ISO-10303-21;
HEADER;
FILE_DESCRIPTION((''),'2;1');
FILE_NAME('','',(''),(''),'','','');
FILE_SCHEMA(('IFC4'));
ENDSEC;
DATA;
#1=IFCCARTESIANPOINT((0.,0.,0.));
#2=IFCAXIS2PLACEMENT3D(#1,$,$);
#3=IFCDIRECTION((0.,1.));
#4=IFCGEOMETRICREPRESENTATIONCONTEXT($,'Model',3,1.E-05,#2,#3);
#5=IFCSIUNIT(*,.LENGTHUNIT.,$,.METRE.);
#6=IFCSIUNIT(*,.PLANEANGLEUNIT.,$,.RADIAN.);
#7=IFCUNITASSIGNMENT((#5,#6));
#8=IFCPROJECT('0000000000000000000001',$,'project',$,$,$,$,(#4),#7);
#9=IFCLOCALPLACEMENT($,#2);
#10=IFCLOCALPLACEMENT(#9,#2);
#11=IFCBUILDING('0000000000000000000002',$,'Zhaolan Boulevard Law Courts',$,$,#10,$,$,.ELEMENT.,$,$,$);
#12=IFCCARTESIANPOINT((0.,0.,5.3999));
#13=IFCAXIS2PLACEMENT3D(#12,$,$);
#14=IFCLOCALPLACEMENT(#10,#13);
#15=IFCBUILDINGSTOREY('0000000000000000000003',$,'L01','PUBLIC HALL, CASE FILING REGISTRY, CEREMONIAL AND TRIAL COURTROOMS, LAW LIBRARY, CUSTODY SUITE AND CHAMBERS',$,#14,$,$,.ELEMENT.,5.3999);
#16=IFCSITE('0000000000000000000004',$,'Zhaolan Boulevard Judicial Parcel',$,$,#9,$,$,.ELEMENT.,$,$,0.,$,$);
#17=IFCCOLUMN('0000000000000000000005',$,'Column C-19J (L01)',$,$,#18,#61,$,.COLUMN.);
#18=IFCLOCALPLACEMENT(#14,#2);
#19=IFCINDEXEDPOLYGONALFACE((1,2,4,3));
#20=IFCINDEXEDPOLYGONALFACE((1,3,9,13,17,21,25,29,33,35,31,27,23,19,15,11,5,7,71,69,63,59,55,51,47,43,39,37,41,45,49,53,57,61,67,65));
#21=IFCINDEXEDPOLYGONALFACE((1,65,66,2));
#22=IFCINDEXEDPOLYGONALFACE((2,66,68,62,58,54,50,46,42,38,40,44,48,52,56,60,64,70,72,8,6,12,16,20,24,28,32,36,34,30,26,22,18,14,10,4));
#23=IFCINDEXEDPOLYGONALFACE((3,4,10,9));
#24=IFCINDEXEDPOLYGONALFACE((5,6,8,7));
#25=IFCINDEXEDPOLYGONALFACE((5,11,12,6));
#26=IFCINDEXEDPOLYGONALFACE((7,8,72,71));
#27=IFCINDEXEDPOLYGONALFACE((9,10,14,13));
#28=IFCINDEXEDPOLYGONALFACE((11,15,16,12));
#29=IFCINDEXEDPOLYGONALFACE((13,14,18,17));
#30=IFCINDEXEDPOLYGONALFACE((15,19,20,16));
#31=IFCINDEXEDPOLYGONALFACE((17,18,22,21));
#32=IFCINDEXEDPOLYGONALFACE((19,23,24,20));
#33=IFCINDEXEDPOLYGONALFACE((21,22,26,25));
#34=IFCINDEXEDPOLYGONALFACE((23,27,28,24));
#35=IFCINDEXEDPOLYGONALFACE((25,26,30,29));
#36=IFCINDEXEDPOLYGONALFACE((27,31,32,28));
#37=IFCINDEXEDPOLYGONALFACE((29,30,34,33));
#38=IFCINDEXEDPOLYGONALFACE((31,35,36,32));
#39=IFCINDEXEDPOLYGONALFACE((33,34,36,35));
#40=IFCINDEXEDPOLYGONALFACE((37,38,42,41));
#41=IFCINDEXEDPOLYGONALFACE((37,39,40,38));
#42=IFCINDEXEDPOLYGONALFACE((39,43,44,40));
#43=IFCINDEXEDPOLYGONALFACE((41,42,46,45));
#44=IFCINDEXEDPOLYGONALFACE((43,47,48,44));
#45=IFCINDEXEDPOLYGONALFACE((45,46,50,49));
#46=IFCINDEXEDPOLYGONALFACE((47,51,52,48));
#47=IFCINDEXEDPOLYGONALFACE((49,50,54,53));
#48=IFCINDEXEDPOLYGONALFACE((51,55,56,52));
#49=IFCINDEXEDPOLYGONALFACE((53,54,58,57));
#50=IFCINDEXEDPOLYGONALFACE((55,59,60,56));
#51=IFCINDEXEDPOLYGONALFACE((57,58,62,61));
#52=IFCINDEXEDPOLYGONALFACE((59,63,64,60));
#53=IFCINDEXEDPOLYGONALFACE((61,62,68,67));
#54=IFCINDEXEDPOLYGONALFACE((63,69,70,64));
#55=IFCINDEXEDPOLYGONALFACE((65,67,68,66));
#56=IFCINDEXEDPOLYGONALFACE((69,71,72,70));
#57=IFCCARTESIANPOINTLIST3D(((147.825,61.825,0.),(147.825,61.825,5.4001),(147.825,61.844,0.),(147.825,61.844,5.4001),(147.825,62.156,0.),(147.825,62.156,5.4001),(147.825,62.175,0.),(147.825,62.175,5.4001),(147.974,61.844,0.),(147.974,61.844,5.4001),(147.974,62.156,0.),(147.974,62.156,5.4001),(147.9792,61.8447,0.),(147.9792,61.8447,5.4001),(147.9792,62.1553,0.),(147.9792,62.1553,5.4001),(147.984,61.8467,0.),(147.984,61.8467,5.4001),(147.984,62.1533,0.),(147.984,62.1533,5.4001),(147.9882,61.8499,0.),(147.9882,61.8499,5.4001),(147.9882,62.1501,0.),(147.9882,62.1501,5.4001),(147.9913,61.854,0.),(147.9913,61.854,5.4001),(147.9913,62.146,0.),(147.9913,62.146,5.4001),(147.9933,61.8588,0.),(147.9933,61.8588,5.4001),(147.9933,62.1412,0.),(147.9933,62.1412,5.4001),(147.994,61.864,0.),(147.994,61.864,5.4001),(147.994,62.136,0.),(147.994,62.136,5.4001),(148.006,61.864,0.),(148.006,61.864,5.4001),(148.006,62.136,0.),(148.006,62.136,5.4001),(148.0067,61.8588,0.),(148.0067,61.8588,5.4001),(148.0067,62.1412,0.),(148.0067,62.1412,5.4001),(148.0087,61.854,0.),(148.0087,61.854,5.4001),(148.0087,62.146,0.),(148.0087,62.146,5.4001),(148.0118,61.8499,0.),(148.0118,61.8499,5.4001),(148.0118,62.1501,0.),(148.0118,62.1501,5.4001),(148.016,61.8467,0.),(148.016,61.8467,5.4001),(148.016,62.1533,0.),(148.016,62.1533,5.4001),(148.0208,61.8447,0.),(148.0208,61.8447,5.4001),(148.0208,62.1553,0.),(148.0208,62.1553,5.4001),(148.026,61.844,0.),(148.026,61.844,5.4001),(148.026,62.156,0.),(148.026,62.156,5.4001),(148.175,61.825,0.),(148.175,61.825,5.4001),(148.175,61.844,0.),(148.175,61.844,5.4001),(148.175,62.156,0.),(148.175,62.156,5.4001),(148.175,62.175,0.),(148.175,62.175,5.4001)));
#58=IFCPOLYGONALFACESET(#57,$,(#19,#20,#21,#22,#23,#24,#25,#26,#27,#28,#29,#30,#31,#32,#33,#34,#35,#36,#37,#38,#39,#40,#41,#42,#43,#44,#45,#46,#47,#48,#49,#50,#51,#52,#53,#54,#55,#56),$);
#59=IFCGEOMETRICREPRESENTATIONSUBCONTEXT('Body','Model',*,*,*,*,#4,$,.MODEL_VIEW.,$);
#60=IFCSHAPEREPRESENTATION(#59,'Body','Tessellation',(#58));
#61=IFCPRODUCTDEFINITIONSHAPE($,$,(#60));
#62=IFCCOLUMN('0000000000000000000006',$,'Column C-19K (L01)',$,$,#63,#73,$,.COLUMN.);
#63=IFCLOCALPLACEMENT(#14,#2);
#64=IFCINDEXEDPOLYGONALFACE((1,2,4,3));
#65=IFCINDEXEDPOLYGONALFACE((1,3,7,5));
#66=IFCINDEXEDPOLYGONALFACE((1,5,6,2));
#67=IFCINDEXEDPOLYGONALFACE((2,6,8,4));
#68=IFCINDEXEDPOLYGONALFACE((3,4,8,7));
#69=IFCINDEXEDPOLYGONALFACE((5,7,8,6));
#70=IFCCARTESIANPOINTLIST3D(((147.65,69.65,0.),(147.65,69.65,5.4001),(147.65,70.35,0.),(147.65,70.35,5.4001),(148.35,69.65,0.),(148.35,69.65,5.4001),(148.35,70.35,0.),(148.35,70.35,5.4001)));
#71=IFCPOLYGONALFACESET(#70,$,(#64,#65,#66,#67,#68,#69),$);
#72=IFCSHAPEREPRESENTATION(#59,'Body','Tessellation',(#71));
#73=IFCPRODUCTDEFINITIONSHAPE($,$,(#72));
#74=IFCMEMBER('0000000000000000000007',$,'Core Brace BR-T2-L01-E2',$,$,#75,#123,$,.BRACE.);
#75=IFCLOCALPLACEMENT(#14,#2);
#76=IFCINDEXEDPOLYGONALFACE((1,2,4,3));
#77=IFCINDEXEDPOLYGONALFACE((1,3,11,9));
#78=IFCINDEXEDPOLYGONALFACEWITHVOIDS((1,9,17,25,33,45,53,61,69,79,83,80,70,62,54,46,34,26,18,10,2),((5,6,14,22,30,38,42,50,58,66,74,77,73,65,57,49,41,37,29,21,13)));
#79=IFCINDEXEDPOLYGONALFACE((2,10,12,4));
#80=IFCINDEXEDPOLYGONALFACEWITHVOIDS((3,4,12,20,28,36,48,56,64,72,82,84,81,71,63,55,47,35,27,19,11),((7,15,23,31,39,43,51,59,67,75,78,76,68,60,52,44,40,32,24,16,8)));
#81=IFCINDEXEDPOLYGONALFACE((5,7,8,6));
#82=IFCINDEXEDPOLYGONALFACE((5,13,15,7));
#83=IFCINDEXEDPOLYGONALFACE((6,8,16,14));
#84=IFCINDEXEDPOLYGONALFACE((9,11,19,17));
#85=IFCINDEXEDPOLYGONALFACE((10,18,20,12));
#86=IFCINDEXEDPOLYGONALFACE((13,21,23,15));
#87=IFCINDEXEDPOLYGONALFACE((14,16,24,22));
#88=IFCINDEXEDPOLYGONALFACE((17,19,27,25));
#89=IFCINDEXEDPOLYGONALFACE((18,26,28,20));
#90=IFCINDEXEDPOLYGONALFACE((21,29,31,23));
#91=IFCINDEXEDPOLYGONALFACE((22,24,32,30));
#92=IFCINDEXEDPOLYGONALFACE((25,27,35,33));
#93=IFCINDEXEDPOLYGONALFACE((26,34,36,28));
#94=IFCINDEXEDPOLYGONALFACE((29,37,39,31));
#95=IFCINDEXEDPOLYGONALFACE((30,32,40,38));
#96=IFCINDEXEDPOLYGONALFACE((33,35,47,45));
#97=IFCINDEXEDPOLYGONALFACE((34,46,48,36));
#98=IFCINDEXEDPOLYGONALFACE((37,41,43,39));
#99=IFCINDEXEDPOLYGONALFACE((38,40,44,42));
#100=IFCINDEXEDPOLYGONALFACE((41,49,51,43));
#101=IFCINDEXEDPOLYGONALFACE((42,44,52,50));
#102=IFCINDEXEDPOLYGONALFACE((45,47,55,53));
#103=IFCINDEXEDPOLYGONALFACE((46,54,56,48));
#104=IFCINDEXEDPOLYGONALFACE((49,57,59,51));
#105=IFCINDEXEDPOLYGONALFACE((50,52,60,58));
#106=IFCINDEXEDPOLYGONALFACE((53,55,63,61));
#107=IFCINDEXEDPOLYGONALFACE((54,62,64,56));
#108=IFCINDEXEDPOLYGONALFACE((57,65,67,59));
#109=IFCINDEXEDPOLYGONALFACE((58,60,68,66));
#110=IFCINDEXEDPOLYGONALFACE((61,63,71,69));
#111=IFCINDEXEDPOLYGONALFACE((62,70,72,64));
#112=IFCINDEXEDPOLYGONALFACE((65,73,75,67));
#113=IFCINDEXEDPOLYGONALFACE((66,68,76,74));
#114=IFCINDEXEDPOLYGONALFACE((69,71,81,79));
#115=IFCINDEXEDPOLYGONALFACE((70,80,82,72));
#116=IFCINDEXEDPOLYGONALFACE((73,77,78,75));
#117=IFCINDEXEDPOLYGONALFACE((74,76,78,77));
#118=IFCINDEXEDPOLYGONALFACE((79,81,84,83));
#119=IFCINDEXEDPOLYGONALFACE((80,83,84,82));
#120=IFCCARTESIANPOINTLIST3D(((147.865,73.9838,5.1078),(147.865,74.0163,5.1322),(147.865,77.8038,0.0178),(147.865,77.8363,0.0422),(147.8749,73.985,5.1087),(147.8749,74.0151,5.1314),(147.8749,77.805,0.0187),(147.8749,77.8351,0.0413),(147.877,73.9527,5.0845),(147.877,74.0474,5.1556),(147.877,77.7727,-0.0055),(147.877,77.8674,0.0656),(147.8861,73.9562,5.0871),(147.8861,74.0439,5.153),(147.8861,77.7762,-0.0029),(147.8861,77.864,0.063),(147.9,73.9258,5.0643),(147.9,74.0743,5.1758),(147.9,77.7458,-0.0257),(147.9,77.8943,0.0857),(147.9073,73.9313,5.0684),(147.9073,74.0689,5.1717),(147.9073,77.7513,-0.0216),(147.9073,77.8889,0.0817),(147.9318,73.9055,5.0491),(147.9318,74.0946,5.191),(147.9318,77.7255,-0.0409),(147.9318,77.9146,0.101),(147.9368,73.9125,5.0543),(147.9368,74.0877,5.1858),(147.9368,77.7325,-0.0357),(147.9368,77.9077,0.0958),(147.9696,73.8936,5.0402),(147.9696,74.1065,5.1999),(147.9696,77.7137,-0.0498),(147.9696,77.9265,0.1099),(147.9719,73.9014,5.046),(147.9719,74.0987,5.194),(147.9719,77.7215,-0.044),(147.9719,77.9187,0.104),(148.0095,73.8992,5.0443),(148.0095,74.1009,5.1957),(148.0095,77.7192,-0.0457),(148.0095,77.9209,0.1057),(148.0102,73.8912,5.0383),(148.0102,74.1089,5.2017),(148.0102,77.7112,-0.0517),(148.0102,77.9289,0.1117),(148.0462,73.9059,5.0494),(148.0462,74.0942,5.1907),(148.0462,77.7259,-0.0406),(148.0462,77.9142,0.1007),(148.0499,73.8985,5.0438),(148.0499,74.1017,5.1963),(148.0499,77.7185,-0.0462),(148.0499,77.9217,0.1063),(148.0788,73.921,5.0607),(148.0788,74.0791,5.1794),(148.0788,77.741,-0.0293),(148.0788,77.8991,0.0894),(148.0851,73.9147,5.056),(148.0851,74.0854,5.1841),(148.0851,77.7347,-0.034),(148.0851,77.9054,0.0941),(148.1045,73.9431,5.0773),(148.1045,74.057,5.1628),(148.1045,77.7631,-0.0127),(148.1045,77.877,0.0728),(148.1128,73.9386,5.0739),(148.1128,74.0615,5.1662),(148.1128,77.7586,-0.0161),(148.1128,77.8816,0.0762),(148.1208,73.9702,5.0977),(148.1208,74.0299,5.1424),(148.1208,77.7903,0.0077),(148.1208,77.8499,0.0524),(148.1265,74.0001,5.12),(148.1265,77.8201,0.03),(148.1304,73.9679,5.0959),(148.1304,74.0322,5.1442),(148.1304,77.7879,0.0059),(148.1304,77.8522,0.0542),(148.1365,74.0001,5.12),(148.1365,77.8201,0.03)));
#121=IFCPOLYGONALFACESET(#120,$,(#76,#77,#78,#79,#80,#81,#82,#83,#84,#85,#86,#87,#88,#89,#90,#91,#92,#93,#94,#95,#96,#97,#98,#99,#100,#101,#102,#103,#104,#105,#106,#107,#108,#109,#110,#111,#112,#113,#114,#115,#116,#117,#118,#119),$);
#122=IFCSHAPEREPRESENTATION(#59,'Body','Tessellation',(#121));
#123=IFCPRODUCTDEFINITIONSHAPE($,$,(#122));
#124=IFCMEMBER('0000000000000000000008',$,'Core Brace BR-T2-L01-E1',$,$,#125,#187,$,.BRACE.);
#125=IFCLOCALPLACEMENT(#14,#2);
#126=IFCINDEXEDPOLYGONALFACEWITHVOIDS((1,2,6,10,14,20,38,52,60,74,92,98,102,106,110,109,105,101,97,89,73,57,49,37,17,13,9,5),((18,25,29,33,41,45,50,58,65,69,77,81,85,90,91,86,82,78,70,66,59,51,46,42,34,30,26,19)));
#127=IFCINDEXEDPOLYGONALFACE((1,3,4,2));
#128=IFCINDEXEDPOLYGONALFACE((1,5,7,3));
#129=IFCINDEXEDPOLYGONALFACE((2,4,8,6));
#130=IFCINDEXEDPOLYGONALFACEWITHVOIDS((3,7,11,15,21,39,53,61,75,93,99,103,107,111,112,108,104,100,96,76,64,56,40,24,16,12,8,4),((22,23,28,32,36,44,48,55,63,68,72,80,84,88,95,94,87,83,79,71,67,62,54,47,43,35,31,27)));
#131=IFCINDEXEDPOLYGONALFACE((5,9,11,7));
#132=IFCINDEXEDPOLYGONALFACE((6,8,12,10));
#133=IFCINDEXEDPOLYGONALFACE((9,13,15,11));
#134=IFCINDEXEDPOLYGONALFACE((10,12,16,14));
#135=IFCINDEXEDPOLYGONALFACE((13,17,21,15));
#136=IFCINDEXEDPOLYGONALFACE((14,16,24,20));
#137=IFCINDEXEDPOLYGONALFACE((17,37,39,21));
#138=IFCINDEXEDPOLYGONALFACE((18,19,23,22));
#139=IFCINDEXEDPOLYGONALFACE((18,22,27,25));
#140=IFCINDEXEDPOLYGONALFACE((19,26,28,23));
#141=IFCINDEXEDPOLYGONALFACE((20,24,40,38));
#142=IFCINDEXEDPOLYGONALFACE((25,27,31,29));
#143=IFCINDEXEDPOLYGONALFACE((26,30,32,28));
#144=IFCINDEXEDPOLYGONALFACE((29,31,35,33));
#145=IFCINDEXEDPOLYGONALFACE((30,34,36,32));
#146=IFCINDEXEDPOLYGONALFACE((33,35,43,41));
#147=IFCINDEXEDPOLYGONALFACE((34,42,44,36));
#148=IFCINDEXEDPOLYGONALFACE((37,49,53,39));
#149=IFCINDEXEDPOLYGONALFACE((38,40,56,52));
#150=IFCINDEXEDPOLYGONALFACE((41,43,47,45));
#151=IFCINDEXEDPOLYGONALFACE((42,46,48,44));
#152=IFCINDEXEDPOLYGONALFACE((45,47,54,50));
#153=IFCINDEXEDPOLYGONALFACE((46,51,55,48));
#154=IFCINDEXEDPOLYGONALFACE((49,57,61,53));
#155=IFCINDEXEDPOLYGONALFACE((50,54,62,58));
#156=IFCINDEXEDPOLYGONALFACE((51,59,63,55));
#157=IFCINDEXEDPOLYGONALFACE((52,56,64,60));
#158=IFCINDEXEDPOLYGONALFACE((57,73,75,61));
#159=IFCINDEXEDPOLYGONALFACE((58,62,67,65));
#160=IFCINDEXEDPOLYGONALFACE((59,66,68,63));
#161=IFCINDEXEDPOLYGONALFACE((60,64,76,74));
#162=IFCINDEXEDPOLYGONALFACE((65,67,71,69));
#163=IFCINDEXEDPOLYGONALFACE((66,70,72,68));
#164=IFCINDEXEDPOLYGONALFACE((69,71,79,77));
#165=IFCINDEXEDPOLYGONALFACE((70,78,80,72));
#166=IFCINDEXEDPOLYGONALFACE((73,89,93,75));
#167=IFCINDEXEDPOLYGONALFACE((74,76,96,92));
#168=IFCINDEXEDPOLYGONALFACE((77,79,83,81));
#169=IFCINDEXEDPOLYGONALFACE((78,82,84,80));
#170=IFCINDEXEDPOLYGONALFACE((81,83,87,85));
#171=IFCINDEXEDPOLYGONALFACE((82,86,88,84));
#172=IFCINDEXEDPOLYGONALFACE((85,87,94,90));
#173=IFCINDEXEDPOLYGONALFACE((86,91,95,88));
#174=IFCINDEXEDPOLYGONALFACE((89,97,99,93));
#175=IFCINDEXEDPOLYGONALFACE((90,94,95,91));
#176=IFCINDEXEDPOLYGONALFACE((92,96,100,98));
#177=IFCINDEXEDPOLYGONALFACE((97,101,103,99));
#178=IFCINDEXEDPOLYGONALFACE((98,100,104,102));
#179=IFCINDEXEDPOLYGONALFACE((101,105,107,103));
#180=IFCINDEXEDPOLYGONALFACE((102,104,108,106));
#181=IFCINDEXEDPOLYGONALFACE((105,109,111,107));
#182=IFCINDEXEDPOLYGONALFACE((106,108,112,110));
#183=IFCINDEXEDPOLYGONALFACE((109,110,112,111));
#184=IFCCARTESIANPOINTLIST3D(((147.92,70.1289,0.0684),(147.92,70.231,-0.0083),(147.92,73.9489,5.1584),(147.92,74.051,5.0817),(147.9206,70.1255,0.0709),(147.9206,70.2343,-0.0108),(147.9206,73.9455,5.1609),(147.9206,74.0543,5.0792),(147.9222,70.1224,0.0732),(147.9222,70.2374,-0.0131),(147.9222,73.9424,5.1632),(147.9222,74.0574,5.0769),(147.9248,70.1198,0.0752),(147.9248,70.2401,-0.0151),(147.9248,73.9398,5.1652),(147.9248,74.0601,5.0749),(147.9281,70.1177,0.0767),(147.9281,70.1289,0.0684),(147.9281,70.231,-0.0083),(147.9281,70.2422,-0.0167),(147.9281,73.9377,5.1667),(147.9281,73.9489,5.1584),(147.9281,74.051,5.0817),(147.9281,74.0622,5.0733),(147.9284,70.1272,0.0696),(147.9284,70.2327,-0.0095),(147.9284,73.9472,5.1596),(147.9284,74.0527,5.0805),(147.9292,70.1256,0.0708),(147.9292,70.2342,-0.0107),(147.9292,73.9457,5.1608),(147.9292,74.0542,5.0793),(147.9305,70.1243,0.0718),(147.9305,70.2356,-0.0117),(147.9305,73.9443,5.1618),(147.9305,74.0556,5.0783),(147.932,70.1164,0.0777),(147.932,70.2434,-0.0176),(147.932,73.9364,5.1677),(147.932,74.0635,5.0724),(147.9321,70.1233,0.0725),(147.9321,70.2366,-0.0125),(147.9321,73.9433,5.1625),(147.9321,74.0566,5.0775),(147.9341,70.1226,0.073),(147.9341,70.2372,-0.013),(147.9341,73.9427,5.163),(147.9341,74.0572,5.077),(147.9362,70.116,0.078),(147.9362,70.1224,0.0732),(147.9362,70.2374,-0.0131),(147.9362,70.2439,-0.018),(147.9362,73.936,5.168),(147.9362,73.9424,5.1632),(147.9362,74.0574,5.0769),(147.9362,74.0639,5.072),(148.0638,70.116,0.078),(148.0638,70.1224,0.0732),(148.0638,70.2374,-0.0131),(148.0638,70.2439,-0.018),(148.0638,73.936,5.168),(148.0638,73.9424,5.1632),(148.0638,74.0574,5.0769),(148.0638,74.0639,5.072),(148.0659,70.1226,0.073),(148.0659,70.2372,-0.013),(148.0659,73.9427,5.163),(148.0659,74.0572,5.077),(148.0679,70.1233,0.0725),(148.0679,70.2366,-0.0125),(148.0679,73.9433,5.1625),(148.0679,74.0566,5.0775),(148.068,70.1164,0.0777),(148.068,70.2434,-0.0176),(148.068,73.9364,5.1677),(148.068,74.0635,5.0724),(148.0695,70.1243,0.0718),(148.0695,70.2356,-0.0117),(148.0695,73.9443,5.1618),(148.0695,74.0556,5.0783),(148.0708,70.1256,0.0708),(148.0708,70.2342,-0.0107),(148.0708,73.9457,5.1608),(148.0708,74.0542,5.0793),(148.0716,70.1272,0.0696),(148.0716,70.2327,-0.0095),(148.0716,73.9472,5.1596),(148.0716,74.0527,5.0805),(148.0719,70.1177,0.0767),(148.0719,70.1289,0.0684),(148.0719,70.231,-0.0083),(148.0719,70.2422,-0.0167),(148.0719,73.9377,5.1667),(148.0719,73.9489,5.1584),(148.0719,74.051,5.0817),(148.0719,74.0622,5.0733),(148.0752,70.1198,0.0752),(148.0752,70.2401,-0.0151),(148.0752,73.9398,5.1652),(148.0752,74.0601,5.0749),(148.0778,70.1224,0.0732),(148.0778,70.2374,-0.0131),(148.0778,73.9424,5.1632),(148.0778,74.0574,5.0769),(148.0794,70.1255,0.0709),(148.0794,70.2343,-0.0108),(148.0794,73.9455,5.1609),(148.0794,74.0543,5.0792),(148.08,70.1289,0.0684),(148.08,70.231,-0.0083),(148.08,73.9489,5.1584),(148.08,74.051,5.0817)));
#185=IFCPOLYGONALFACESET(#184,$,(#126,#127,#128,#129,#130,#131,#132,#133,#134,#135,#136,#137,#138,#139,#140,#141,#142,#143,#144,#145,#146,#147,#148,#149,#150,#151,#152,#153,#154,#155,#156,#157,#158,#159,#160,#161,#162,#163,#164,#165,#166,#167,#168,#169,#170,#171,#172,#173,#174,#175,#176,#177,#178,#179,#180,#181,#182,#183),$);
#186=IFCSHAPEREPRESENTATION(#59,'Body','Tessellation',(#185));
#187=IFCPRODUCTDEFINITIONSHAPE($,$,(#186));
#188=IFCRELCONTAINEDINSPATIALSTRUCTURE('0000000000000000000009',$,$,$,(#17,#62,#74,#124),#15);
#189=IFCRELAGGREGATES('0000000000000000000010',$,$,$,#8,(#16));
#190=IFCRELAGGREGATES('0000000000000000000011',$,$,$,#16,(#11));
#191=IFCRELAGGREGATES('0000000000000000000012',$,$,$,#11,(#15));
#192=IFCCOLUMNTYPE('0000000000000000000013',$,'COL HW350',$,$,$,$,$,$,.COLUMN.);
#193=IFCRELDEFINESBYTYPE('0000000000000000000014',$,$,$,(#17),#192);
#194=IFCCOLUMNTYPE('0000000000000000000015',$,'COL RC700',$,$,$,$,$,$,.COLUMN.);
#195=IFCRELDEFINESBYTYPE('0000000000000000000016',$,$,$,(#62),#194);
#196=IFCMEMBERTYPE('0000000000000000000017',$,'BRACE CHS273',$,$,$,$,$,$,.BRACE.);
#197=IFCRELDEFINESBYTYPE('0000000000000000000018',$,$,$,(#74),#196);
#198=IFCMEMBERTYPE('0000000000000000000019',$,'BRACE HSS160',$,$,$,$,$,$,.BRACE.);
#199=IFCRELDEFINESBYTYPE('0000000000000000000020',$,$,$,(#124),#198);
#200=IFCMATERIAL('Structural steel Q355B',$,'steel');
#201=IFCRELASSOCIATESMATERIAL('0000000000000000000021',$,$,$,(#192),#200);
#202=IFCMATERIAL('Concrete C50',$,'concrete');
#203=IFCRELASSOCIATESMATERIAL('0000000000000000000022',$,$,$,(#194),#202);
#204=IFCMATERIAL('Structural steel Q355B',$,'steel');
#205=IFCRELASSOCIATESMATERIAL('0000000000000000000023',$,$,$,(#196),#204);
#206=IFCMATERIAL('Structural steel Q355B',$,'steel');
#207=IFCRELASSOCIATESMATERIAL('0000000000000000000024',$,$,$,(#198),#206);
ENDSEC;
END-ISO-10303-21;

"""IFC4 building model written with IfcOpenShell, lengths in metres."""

from ifc_helpers import new_model, si_unit, direction, frame, origin, origin_2d, place, context, subcontext, project, spatial, rectangle, hollow_rectangle, hollow_circle, i_section, extrude, material, material_profile, profile_set, type_object, element, save


model = new_model("IFC4")

# Units and contexts
model_context = context("Model", 3, precision=1e-05, world=origin(), true_north=direction((0.0, 1.0)))
body_context = subcontext(model_context, "Body", "Model", "MODEL_VIEW")
ifc_project = project(units=[si_unit("LENGTHUNIT", "METRE"), si_unit("PLANEANGLEUNIT", "RADIAN")], contexts=[model_context])

# Site, building, storey
site_placement = place(None, origin())
site = spatial("IfcSite", under=ifc_project, at=site_placement, Name="Zhaolan Boulevard Judicial Parcel", CompositionType="ELEMENT", RefElevation=0.0)
building_placement = place(site_placement, origin())
building = spatial("IfcBuilding", under=site, at=building_placement, Name="Zhaolan Boulevard Law Courts", CompositionType="ELEMENT")
storey_placement = place(building_placement, frame((0.0, 0.0, 5.3999)))
storey = spatial("IfcBuildingStorey", under=building, at=storey_placement, Name="L01", Description="PUBLIC HALL, CASE FILING REGISTRY, CEREMONIAL AND TRIAL COURTROOMS, LAW LIBRARY, CUSTODY SUITE AND CHAMBERS", CompositionType="ELEMENT", Elevation=5.3999)

# Columns
ifc_material_1 = material(Name="Structural steel Q355B", Category="steel")
ifc_material_profile_1 = material_profile(ifc_material_1, i_section(OverallWidth=0.3501, OverallDepth=0.3501, WebThickness=0.012, FlangeThickness=0.019, FilletRadius=0.02, at=origin_2d()), Name="HW350x350")
ifc_profile_set_1 = profile_set([ifc_material_profile_1], Name="Structural steel Q355B")
column_type_1 = type_object("IfcColumnType", Name="COL HW350", PredefinedType="COLUMN", material=ifc_profile_set_1)
column_1_placement = place(storey_placement, frame((148.0, 62.0, 0.0), z_axis=(0.0, 0.0, 1.0), x_axis=(1.0, 0.0, 0.0)))
element("IfcColumn", 1, at=column_1_placement, inside=storey, type_object=column_type_1, Name="Column C-19J (L01)", PredefinedType="COLUMN", context=body_context, shape_type="SweptSolid", body=[
    extrude(i_section(OverallWidth=0.3501, OverallDepth=0.3501, WebThickness=0.012, FlangeThickness=0.019, FilletRadius=0.02, at=origin_2d()), origin(), (0.0, 0.0, 1.0), 5.4001),
])
ifc_material_2 = material(Name="Concrete C50", Category="concrete")
ifc_material_profile_2 = material_profile(ifc_material_2, rectangle(XDim=0.7, YDim=0.7, at=origin_2d()), Name="RC700x700")
ifc_profile_set_2 = profile_set([ifc_material_profile_2], Name="Concrete C50")
column_type_2 = type_object("IfcColumnType", Name="COL RC700", PredefinedType="COLUMN", material=ifc_profile_set_2)
column_2_placement = place(storey_placement, frame((148.0, 70.0, 0.0), z_axis=(0.0, 0.0, 1.0), x_axis=(1.0, 0.0, 0.0)))
element("IfcColumn", 2, at=column_2_placement, inside=storey, type_object=column_type_2, Name="Column C-19K (L01)", PredefinedType="COLUMN", context=body_context, shape_type="SweptSolid", body=[
    extrude(rectangle(XDim=0.7, YDim=0.7, at=origin_2d()), origin(), (0.0, 0.0, 1.0), 5.4001),
])

# Members
ifc_material_3 = material(Name="Structural steel Q355B", Category="steel")
ifc_material_profile_3 = material_profile(ifc_material_3, hollow_circle(Radius=0.1365, WallThickness=0.01, at=origin_2d()), Name="CHS273x10")
ifc_profile_set_3 = profile_set([ifc_material_profile_3], Name="Structural steel Q355B")
member_type_1 = type_object("IfcMemberType", Name="BRACE CHS273", PredefinedType="BRACE", material=ifc_profile_set_3)
member_1_placement = place(storey_placement, frame((148.0, 77.8201, 0.03), z_axis=(0.0, -0.600252, 0.799811), x_axis=(1.0, 0.0, 0.0)))
element("IfcMember", 3, at=member_1_placement, inside=storey, type_object=member_type_1, Name="Core Brace BR-T2-L01-E2", PredefinedType="BRACE", context=body_context, shape_type="SweptSolid", body=[
    extrude(hollow_circle(Radius=0.1365, WallThickness=0.01, at=origin_2d()), origin(), (0.0, 0.0, 1.0), 6.364),
])
ifc_material_4 = material(Name="Structural steel Q355B", Category="steel")
ifc_material_profile_4 = material_profile(ifc_material_4, hollow_rectangle(XDim=0.1599, YDim=0.1599, WallThickness=0.0081, InnerFilletRadius=0.0081, OuterFilletRadius=0.0161, at=origin_2d()), Name="HSS160x160x8")
ifc_profile_set_4 = profile_set([ifc_material_profile_4], Name="Structural steel Q355B")
member_type_2 = type_object("IfcMemberType", Name="BRACE HSS160", PredefinedType="BRACE", material=ifc_profile_set_4)
member_2_placement = place(storey_placement, frame((148.0, 70.1799, 0.03), z_axis=(0.0, 0.600252, 0.799811), x_axis=(-1.0, 0.0, 0.0)))
element("IfcMember", 4, at=member_2_placement, inside=storey, type_object=member_type_2, Name="Core Brace BR-T2-L01-E1", PredefinedType="BRACE", context=body_context, shape_type="SweptSolid", body=[
    extrude(hollow_rectangle(XDim=0.1599, YDim=0.1599, WallThickness=0.0081, InnerFilletRadius=0.0081, OuterFilletRadius=0.0161, at=origin_2d()), origin(), (0.0, 0.0, 1.0), 6.364),
])

save(model, "model.ifc")
